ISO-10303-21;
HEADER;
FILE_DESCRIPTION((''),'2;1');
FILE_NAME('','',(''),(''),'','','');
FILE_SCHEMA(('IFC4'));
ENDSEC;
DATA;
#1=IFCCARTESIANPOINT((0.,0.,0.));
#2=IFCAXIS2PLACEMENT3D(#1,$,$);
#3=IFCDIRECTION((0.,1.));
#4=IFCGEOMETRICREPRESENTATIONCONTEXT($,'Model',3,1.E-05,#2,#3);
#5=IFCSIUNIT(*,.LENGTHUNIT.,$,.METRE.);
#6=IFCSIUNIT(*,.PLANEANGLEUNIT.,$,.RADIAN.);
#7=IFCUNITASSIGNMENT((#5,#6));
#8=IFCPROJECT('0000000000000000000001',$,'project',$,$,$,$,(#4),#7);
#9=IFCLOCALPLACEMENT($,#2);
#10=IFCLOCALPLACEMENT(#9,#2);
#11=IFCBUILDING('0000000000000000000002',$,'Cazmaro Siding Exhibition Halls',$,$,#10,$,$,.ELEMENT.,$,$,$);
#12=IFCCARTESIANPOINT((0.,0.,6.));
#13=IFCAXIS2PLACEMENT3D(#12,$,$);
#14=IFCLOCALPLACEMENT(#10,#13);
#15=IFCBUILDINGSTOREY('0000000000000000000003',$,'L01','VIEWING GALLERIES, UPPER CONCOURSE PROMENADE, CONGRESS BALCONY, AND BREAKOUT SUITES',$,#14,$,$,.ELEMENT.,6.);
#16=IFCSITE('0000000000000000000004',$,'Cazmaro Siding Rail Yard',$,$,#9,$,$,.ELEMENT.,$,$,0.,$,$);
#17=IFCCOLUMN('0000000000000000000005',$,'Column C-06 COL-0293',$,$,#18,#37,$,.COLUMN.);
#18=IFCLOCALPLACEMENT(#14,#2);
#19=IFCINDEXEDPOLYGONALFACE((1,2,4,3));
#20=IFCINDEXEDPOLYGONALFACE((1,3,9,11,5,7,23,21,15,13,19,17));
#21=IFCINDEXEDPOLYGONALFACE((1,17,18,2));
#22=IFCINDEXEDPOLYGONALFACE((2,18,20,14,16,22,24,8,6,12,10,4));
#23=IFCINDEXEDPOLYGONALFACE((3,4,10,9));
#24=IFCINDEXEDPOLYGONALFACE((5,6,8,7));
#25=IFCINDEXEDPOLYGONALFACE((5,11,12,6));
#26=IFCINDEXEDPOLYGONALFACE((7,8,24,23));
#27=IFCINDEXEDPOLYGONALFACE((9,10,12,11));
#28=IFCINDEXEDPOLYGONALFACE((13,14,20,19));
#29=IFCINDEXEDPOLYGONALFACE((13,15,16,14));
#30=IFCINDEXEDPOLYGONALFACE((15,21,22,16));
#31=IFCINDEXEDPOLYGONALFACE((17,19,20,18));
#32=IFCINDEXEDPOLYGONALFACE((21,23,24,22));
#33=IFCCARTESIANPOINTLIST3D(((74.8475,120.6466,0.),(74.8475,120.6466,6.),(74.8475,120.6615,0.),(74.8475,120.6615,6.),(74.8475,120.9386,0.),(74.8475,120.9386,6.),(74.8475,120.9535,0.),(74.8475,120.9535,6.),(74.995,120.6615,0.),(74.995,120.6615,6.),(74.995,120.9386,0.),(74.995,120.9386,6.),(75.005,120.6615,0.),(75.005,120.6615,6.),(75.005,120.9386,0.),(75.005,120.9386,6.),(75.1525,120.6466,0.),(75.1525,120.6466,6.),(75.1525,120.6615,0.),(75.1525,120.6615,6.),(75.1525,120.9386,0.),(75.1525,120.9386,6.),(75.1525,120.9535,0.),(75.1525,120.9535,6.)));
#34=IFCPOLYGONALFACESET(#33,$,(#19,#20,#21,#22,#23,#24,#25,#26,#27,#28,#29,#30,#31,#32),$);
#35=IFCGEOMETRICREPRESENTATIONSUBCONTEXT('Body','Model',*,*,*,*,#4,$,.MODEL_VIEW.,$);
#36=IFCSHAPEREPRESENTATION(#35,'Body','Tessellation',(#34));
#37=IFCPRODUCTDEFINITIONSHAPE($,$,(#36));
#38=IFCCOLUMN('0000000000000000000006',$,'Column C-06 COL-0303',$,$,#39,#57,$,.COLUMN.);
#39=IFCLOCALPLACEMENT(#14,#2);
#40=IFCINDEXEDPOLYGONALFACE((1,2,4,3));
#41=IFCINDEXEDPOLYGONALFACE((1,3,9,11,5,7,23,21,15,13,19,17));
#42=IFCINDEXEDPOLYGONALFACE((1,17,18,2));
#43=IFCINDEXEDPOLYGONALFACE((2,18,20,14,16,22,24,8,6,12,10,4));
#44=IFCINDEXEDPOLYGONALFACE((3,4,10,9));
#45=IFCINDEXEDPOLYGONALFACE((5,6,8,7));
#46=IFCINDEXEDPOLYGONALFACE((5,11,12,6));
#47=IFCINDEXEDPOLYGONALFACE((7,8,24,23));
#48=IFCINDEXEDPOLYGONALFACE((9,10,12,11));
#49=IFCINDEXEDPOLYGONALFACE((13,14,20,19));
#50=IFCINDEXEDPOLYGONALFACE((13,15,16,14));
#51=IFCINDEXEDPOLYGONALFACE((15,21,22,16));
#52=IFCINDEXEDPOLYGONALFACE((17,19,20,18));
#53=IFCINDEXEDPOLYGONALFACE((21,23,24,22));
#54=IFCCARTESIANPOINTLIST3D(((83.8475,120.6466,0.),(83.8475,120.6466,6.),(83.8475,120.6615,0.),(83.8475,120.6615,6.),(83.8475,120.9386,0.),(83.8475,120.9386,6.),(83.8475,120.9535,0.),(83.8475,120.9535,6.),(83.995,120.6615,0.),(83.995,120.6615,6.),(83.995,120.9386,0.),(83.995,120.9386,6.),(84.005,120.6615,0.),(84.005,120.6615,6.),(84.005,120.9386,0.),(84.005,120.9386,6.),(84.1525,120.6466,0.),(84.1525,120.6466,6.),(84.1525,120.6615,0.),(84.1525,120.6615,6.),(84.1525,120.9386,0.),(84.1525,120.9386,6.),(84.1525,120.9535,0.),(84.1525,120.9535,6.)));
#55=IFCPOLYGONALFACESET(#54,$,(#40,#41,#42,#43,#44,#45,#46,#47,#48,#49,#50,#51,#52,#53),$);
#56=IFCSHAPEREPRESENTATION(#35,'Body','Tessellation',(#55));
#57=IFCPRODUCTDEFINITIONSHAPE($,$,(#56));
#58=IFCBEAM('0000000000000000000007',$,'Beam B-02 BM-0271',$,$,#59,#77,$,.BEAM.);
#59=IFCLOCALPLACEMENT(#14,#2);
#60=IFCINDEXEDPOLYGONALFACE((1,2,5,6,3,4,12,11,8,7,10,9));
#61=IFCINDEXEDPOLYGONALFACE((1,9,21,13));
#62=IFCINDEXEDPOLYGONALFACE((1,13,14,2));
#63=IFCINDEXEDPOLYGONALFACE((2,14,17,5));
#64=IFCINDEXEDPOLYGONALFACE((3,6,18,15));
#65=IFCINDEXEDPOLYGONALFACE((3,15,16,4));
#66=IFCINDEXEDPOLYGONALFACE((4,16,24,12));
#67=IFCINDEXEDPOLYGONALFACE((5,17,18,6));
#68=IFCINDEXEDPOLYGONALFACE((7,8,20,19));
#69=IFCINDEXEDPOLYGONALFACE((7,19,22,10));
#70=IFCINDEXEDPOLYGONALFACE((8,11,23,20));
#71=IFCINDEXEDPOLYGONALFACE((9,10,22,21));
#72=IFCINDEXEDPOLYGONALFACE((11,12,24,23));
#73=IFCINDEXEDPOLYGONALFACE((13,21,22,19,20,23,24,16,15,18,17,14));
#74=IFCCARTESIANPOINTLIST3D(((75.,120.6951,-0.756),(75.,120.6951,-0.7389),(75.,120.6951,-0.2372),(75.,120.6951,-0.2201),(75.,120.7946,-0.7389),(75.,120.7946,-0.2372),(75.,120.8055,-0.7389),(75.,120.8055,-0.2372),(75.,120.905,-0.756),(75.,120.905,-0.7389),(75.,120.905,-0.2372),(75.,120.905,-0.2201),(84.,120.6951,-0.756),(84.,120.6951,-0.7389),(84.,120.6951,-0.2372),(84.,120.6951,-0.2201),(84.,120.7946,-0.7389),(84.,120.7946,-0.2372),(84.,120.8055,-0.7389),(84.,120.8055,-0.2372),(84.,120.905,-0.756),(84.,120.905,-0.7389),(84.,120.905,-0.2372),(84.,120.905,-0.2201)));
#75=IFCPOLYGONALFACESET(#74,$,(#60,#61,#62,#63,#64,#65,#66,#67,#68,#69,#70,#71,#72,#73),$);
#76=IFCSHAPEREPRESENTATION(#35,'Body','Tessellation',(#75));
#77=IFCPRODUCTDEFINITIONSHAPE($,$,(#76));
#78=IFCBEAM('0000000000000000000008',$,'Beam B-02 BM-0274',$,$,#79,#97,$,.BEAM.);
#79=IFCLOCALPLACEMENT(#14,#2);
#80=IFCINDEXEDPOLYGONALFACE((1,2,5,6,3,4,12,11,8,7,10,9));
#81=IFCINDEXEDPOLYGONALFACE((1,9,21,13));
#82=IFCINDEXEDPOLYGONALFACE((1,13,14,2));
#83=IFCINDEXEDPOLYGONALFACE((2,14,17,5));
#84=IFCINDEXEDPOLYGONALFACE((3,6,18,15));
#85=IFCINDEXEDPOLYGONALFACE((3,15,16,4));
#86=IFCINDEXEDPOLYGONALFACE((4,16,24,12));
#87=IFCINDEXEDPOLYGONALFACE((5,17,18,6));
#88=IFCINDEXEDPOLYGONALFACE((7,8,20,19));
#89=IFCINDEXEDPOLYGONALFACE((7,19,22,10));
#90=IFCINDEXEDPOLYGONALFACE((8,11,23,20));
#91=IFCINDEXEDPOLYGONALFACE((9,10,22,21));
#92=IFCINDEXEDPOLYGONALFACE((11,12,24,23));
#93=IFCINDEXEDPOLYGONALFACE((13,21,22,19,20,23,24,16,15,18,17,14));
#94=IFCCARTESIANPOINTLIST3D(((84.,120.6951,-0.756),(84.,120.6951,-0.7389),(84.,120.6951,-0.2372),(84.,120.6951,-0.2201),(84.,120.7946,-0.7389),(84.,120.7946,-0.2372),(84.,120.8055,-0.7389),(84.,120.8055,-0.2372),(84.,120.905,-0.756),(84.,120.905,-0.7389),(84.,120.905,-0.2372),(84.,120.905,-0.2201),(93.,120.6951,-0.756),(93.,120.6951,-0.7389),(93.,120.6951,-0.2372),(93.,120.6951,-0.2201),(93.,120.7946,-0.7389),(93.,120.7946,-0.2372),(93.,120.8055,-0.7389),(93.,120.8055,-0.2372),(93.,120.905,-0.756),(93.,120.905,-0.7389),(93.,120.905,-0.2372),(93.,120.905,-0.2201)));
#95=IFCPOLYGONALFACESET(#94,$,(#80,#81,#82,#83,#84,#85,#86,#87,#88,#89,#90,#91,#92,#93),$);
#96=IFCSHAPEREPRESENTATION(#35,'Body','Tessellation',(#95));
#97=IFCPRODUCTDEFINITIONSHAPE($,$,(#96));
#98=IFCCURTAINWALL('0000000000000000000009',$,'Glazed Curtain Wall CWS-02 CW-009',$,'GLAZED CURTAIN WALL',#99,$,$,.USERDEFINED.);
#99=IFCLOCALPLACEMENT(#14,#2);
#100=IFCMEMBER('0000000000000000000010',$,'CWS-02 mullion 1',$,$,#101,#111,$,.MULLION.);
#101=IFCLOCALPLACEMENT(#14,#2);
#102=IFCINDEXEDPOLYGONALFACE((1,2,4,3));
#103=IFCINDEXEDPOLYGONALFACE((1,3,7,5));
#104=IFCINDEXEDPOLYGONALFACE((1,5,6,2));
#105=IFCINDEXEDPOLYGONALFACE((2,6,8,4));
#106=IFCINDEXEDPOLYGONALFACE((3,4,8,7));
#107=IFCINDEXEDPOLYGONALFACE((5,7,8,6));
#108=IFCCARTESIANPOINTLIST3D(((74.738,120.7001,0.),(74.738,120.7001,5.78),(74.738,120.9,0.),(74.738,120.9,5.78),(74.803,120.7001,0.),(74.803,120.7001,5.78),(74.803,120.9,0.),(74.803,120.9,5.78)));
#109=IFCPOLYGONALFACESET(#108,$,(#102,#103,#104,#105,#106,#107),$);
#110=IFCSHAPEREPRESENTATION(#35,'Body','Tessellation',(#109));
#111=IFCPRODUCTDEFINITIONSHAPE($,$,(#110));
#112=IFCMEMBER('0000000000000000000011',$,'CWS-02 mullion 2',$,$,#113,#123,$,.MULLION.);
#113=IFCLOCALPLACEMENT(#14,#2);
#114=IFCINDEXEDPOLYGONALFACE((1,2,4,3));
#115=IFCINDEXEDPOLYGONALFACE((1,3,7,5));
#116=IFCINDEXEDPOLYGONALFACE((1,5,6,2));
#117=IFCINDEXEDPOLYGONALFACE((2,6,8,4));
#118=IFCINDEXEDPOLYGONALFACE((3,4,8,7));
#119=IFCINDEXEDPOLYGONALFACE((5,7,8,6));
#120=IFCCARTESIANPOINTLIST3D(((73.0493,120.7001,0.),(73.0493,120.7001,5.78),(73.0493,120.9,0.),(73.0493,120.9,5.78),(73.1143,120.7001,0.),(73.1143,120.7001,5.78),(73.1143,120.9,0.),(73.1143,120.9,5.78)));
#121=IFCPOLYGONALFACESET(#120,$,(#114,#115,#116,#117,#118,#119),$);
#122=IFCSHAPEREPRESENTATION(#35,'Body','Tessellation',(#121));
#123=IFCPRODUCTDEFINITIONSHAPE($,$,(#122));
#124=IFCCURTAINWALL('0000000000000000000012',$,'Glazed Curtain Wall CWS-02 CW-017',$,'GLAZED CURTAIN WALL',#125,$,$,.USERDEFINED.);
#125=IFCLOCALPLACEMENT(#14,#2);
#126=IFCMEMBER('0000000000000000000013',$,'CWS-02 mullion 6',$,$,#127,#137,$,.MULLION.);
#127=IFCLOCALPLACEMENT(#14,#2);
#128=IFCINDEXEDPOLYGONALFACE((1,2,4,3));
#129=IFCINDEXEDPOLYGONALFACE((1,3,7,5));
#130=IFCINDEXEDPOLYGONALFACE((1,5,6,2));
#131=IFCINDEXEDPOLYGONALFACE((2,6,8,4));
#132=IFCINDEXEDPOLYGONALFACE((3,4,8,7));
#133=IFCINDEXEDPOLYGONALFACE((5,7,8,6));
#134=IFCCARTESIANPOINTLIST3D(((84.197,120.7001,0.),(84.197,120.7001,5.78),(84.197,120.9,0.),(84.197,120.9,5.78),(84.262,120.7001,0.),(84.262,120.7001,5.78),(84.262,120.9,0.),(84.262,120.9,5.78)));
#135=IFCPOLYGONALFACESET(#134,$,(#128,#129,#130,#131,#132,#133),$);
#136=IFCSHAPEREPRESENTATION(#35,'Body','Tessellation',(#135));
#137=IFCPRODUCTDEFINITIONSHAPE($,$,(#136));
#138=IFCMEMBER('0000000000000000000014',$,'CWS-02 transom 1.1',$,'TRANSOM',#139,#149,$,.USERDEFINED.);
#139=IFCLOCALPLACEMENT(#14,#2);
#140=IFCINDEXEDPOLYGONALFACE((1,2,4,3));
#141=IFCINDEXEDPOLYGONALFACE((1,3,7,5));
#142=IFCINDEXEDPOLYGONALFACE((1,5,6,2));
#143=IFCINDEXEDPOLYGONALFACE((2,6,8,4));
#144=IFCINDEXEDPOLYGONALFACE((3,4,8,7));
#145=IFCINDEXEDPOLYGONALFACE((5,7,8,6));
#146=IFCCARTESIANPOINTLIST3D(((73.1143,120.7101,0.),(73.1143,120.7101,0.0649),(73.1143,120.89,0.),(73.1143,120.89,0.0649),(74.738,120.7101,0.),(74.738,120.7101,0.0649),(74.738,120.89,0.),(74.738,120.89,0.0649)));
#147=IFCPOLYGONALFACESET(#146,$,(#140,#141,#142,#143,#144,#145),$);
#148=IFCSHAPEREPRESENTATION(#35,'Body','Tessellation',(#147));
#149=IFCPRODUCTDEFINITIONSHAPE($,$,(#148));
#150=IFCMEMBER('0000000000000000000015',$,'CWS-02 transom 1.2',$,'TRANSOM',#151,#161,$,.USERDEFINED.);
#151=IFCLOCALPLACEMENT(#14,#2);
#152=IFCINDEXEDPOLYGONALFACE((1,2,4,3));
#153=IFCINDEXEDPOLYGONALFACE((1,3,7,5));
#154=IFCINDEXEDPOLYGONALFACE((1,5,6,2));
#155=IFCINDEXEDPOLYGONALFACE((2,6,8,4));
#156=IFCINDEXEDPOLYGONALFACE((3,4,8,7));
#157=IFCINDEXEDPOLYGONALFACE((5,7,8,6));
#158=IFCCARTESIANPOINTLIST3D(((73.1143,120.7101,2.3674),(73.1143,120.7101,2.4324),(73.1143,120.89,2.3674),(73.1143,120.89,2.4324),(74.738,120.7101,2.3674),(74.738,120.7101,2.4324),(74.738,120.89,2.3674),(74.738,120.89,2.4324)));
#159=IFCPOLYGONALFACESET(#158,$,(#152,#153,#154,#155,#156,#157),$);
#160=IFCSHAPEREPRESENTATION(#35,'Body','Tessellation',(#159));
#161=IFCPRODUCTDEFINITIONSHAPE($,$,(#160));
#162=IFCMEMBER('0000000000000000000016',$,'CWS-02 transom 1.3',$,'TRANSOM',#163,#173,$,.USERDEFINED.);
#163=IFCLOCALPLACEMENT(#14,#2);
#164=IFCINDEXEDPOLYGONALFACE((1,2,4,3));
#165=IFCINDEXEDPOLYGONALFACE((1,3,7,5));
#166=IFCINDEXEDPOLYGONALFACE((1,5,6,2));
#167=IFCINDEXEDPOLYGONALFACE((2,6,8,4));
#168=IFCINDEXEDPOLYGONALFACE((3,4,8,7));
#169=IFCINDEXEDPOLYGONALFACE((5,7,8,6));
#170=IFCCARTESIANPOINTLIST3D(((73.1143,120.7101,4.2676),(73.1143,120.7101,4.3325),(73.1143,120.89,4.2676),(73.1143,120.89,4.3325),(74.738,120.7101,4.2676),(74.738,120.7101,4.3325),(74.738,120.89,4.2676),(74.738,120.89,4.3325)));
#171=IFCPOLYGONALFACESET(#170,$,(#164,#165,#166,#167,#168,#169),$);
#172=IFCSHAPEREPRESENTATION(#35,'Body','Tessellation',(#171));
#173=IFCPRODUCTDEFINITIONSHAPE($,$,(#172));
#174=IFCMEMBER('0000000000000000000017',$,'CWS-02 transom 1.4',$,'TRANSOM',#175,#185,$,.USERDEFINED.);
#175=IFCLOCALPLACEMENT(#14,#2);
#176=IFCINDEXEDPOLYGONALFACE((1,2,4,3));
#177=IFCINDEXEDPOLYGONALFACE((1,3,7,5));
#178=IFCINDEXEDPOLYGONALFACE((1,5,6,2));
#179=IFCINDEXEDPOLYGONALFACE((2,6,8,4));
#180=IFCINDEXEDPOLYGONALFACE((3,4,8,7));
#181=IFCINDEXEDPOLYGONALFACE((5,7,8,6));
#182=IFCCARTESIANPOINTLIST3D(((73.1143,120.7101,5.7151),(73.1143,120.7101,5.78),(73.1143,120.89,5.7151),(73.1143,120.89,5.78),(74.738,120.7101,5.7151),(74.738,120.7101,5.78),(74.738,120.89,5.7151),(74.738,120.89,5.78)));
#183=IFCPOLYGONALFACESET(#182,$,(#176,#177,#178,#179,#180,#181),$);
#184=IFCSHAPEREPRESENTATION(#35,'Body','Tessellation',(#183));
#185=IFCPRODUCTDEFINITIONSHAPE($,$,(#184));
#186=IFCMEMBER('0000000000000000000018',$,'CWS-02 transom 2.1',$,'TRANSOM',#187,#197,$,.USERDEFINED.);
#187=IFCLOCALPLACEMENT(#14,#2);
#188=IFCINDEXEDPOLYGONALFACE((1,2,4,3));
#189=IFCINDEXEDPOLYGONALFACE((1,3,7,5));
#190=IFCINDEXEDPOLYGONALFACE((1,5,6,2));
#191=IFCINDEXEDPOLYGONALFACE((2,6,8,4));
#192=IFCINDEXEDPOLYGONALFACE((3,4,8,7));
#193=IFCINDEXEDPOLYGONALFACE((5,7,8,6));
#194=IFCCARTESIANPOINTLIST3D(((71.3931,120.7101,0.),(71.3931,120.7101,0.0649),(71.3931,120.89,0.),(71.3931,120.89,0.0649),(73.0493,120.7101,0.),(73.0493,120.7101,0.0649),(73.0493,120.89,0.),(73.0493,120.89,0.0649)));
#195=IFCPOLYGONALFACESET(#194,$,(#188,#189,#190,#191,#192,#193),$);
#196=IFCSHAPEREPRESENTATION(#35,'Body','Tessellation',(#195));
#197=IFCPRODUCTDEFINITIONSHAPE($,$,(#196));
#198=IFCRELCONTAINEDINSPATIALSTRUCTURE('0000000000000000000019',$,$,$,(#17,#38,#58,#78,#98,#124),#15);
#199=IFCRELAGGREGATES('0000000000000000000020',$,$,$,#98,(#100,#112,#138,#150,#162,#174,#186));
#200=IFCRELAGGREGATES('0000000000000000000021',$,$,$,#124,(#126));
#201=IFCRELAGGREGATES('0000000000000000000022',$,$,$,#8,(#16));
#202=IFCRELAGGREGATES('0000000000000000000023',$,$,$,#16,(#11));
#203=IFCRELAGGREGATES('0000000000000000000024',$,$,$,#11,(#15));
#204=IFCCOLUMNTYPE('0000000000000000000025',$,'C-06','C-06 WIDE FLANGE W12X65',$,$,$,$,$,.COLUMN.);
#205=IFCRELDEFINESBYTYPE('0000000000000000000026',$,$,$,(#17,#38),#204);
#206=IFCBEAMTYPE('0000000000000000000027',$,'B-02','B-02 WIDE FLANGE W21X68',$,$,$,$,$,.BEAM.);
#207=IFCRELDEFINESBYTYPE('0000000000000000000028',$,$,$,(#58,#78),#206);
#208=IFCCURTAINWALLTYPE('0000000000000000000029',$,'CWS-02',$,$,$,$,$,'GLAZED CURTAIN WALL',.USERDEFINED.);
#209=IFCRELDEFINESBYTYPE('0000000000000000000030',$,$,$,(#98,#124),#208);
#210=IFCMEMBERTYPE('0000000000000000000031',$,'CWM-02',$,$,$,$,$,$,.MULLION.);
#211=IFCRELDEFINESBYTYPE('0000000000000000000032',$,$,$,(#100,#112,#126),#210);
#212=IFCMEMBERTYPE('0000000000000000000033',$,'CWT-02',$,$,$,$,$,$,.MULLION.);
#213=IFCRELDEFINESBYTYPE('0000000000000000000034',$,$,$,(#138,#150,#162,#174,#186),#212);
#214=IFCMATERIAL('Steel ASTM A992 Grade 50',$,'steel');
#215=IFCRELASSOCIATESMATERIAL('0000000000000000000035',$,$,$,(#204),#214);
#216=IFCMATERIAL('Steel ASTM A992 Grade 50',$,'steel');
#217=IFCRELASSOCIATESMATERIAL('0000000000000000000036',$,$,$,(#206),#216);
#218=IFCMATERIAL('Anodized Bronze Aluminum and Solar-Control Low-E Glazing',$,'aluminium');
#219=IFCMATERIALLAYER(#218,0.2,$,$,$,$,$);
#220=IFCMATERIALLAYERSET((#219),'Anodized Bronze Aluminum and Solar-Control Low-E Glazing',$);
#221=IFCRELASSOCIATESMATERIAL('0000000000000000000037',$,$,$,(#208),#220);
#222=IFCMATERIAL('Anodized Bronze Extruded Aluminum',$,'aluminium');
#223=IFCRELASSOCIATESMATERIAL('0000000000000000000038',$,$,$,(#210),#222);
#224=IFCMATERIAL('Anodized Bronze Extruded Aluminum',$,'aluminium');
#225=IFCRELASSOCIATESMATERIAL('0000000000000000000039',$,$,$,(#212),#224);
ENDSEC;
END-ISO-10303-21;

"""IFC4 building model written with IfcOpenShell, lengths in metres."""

from ifc_helpers import new_model, si_unit, direction, frame, origin, origin_2d, place, context, subcontext, project, spatial, rectangle, i_section, extrude, material, layer, layer_set, material_profile, profile_set, type_object, element, aggregate, save


model = new_model("IFC4")

# Units and contexts
model_context = context("Model", 3, precision=1e-05, world=origin(), true_north=direction((0.0, 1.0)))
body_context = subcontext(model_context, "Body", "Model", "MODEL_VIEW")
ifc_project = project(units=[si_unit("LENGTHUNIT", "METRE"), si_unit("PLANEANGLEUNIT", "RADIAN")], contexts=[model_context])

# Site, building, storey
site_placement = place(None, origin())
site = spatial("IfcSite", under=ifc_project, at=site_placement, Name="Cazmaro Siding Rail Yard", CompositionType="ELEMENT", RefElevation=0.0)
building_placement = place(site_placement, origin())
building = spatial("IfcBuilding", under=site, at=building_placement, Name="Cazmaro Siding Exhibition Halls", CompositionType="ELEMENT")
storey_placement = place(building_placement, frame((0.0, 0.0, 6.0)))
storey = spatial("IfcBuildingStorey", under=building, at=storey_placement, Name="L01", Description="VIEWING GALLERIES, UPPER CONCOURSE PROMENADE, CONGRESS BALCONY, AND BREAKOUT SUITES", CompositionType="ELEMENT", Elevation=6.0)

# Columns
ifc_material_1 = material(Name="Steel ASTM A992 Grade 50", Category="steel")
ifc_material_profile_1 = material_profile(ifc_material_1, i_section(OverallWidth=0.3049, OverallDepth=0.3069, WebThickness=0.01, FlangeThickness=0.0149, at=origin_2d()), Name="W12X65")
ifc_profile_set_1 = profile_set([ifc_material_profile_1], Name="Steel ASTM A992 Grade 50")
column_type = type_object("IfcColumnType", Name="C-06", Description="C-06 WIDE FLANGE W12X65", PredefinedType="COLUMN", material=ifc_profile_set_1)
for number, where, z_axis, x_axis, name in (
    (1, (75.0, 120.8, 0.0), (0.0, 0.0, 1.0), (1.0, 0.0, 0.0), "Column C-06 COL-0293"),
    (2, (84.0, 120.8, 0.0), (0.0, 0.0, 1.0), (1.0, 0.0, 0.0), "Column C-06 COL-0303"),
):
    element("IfcColumn", number, at=place(storey_placement, frame(where, z_axis=z_axis, x_axis=x_axis)), inside=storey, type_object=column_type, Name=name, PredefinedType="COLUMN", context=body_context, shape_type="SweptSolid", body=[
        extrude(i_section(OverallWidth=0.3049, OverallDepth=0.3069, WebThickness=0.01, FlangeThickness=0.0149, at=origin_2d()), origin(), (0.0, 0.0, 1.0), 6.0),
    ])

# Beams
ifc_material_2 = material(Name="Steel ASTM A992 Grade 50", Category="steel")
ifc_material_profile_2 = material_profile(ifc_material_2, i_section(OverallWidth=0.21, OverallDepth=0.5359, WebThickness=0.011, FlangeThickness=0.0171, at=origin_2d()), Name="W21X68")
ifc_profile_set_2 = profile_set([ifc_material_profile_2], Name="Steel ASTM A992 Grade 50")
beam_type = type_object("IfcBeamType", Name="B-02", Description="B-02 WIDE FLANGE W21X68", PredefinedType="BEAM", material=ifc_profile_set_2)
for number, where, z_axis, x_axis, name in (
    (3, (75.0, 120.8, -0.488), (1.0, 0.0, 0.0), (0.0, 1.0, 0.0), "Beam B-02 BM-0271"),
    (4, (84.0, 120.8, -0.488), (1.0, 0.0, 0.0), (0.0, 1.0, 0.0), "Beam B-02 BM-0274"),
):
    element("IfcBeam", number, at=place(storey_placement, frame(where, z_axis=z_axis, x_axis=x_axis)), inside=storey, type_object=beam_type, Name=name, PredefinedType="BEAM", context=body_context, shape_type="SweptSolid", body=[
        extrude(i_section(OverallWidth=0.21, OverallDepth=0.5359, WebThickness=0.011, FlangeThickness=0.0171, at=origin_2d()), origin(), (0.0, 0.0, 1.0), 9.0),
    ])

# Curtain wall, members
ifc_material_3 = material(Name="Anodized Bronze Aluminum and Solar-Control Low-E Glazing", Category="aluminium")
ifc_layer_1 = layer(ifc_material_3, 0.2)
ifc_layer_set_1 = layer_set([ifc_layer_1], Name="Anodized Bronze Aluminum and Solar-Control Low-E Glazing")
curtain_wall_type = type_object("IfcCurtainWallType", Name="CWS-02", ElementType="GLAZED CURTAIN WALL", PredefinedType="USERDEFINED", material=ifc_layer_set_1)
curtain_wall_1_placement = place(storey_placement, origin())
curtain_wall_1 = element("IfcCurtainWall", 5, at=curtain_wall_1_placement, inside=storey, type_object=curtain_wall_type, Name="Glazed Curtain Wall CWS-02 CW-009", ObjectType="GLAZED CURTAIN WALL", PredefinedType="USERDEFINED")
ifc_material_4 = material(Name="Anodized Bronze Extruded Aluminum", Category="aluminium")
ifc_material_profile_3 = material_profile(ifc_material_4, rectangle(XDim=0.2, YDim=0.0649, at=origin_2d()), Name="CWM-02")
ifc_profile_set_3 = profile_set([ifc_material_profile_3], Name="Anodized Bronze Extruded Aluminum")
member_type_1 = type_object("IfcMemberType", Name="CWM-02", PredefinedType="MULLION", material=ifc_profile_set_3)
member_1_placement = place(storey_placement, frame((74.7705, 120.8, 0.0), z_axis=(0.0, 0.0, 1.0), x_axis=(0.0, -1.0, 0.0)))
member_1 = element("IfcMember", 6, at=member_1_placement, type_object=member_type_1, Name="CWS-02 mullion 1", PredefinedType="MULLION", context=body_context, shape_type="SweptSolid", body=[
    extrude(rectangle(XDim=0.2, YDim=0.0649, at=origin_2d()), origin(), (0.0, 0.0, 1.0), 5.78),
])
member_2_placement = place(storey_placement, frame((73.0818, 120.8, 0.0), z_axis=(0.0, 0.0, 1.0), x_axis=(0.0, -1.0, 0.0)))
member_2 = element("IfcMember", 7, at=member_2_placement, type_object=member_type_1, Name="CWS-02 mullion 2", PredefinedType="MULLION", context=body_context, shape_type="SweptSolid", body=[
    extrude(rectangle(XDim=0.2, YDim=0.0649, at=origin_2d()), origin(), (0.0, 0.0, 1.0), 5.78),
])

# Curtain wall, member
curtain_wall_2_placement = place(storey_placement, origin())
curtain_wall_2 = element("IfcCurtainWall", 8, at=curtain_wall_2_placement, inside=storey, type_object=curtain_wall_type, Name="Glazed Curtain Wall CWS-02 CW-017", ObjectType="GLAZED CURTAIN WALL", PredefinedType="USERDEFINED")
member_3_placement = place(storey_placement, frame((84.2295, 120.8, 0.0), z_axis=(0.0, 0.0, 1.0), x_axis=(0.0, -1.0, 0.0)))
member_3 = element("IfcMember", 9, at=member_3_placement, type_object=member_type_1, Name="CWS-02 mullion 6", PredefinedType="MULLION", context=body_context, shape_type="SweptSolid", body=[
    extrude(rectangle(XDim=0.2, YDim=0.0649, at=origin_2d()), origin(), (0.0, 0.0, 1.0), 5.78),
])

# Members
ifc_material_5 = material(Name="Anodized Bronze Extruded Aluminum", Category="aluminium")
ifc_material_profile_4 = material_profile(ifc_material_5, rectangle(XDim=0.1799, YDim=0.0649, at=origin_2d()), Name="CWT-02")
ifc_profile_set_4 = profile_set([ifc_material_profile_4], Name="Anodized Bronze Extruded Aluminum")
member_type_2 = type_object("IfcMemberType", Name="CWT-02", PredefinedType="MULLION", material=ifc_profile_set_4)
member_4_placement = place(storey_placement, frame((74.738, 120.8, 0.0325), z_axis=(-1.0, 0.0, 0.0), x_axis=(0.0, -1.0, 0.0)))
member_4 = element("IfcMember", 10, at=member_4_placement, type_object=member_type_2, Name="CWS-02 transom 1.1", ObjectType="TRANSOM", PredefinedType="USERDEFINED", context=body_context, shape_type="SweptSolid", body=[
    extrude(rectangle(XDim=0.1799, YDim=0.0649, at=origin_2d()), origin(), (0.0, 0.0, 1.0), 1.6238),
])
member_5_placement = place(storey_placement, frame((74.738, 120.8, 2.3999), z_axis=(-1.0, 0.0, 0.0), x_axis=(0.0, -1.0, 0.0)))
member_5 = element("IfcMember", 11, at=member_5_placement, type_object=member_type_2, Name="CWS-02 transom 1.2", ObjectType="TRANSOM", PredefinedType="USERDEFINED", context=body_context, shape_type="SweptSolid", body=[
    extrude(rectangle(XDim=0.1799, YDim=0.0649, at=origin_2d()), origin(), (0.0, 0.0, 1.0), 1.6238),
])
member_6_placement = place(storey_placement, frame((74.738, 120.8, 4.3), z_axis=(-1.0, 0.0, 0.0), x_axis=(0.0, -1.0, 0.0)))
member_6 = element("IfcMember", 12, at=member_6_placement, type_object=member_type_2, Name="CWS-02 transom 1.3", ObjectType="TRANSOM", PredefinedType="USERDEFINED", context=body_context, shape_type="SweptSolid", body=[
    extrude(rectangle(XDim=0.1799, YDim=0.0649, at=origin_2d()), origin(), (0.0, 0.0, 1.0), 1.6238),
])
member_7_placement = place(storey_placement, frame((74.738, 120.8, 5.7476), z_axis=(-1.0, 0.0, 0.0), x_axis=(0.0, -1.0, 0.0)))
member_7 = element("IfcMember", 13, at=member_7_placement, type_object=member_type_2, Name="CWS-02 transom 1.4", ObjectType="TRANSOM", PredefinedType="USERDEFINED", context=body_context, shape_type="SweptSolid", body=[
    extrude(rectangle(XDim=0.1799, YDim=0.0649, at=origin_2d()), origin(), (0.0, 0.0, 1.0), 1.6238),
])
member_8_placement = place(storey_placement, frame((73.0493, 120.8, 0.0325), z_axis=(-1.0, 0.0, 0.0), x_axis=(0.0, -1.0, 0.0)))
member_8 = element("IfcMember", 14, at=member_8_placement, type_object=member_type_2, Name="CWS-02 transom 2.1", ObjectType="TRANSOM", PredefinedType="USERDEFINED", context=body_context, shape_type="SweptSolid", body=[
    extrude(rectangle(XDim=0.1799, YDim=0.0649, at=origin_2d()), origin(), (0.0, 0.0, 1.0), 1.6562),
])

aggregate(curtain_wall_1, [member_1, member_2, member_4, member_5, member_6, member_7, member_8])
aggregate(curtain_wall_2, [member_3])

save(model, "model.ifc")
